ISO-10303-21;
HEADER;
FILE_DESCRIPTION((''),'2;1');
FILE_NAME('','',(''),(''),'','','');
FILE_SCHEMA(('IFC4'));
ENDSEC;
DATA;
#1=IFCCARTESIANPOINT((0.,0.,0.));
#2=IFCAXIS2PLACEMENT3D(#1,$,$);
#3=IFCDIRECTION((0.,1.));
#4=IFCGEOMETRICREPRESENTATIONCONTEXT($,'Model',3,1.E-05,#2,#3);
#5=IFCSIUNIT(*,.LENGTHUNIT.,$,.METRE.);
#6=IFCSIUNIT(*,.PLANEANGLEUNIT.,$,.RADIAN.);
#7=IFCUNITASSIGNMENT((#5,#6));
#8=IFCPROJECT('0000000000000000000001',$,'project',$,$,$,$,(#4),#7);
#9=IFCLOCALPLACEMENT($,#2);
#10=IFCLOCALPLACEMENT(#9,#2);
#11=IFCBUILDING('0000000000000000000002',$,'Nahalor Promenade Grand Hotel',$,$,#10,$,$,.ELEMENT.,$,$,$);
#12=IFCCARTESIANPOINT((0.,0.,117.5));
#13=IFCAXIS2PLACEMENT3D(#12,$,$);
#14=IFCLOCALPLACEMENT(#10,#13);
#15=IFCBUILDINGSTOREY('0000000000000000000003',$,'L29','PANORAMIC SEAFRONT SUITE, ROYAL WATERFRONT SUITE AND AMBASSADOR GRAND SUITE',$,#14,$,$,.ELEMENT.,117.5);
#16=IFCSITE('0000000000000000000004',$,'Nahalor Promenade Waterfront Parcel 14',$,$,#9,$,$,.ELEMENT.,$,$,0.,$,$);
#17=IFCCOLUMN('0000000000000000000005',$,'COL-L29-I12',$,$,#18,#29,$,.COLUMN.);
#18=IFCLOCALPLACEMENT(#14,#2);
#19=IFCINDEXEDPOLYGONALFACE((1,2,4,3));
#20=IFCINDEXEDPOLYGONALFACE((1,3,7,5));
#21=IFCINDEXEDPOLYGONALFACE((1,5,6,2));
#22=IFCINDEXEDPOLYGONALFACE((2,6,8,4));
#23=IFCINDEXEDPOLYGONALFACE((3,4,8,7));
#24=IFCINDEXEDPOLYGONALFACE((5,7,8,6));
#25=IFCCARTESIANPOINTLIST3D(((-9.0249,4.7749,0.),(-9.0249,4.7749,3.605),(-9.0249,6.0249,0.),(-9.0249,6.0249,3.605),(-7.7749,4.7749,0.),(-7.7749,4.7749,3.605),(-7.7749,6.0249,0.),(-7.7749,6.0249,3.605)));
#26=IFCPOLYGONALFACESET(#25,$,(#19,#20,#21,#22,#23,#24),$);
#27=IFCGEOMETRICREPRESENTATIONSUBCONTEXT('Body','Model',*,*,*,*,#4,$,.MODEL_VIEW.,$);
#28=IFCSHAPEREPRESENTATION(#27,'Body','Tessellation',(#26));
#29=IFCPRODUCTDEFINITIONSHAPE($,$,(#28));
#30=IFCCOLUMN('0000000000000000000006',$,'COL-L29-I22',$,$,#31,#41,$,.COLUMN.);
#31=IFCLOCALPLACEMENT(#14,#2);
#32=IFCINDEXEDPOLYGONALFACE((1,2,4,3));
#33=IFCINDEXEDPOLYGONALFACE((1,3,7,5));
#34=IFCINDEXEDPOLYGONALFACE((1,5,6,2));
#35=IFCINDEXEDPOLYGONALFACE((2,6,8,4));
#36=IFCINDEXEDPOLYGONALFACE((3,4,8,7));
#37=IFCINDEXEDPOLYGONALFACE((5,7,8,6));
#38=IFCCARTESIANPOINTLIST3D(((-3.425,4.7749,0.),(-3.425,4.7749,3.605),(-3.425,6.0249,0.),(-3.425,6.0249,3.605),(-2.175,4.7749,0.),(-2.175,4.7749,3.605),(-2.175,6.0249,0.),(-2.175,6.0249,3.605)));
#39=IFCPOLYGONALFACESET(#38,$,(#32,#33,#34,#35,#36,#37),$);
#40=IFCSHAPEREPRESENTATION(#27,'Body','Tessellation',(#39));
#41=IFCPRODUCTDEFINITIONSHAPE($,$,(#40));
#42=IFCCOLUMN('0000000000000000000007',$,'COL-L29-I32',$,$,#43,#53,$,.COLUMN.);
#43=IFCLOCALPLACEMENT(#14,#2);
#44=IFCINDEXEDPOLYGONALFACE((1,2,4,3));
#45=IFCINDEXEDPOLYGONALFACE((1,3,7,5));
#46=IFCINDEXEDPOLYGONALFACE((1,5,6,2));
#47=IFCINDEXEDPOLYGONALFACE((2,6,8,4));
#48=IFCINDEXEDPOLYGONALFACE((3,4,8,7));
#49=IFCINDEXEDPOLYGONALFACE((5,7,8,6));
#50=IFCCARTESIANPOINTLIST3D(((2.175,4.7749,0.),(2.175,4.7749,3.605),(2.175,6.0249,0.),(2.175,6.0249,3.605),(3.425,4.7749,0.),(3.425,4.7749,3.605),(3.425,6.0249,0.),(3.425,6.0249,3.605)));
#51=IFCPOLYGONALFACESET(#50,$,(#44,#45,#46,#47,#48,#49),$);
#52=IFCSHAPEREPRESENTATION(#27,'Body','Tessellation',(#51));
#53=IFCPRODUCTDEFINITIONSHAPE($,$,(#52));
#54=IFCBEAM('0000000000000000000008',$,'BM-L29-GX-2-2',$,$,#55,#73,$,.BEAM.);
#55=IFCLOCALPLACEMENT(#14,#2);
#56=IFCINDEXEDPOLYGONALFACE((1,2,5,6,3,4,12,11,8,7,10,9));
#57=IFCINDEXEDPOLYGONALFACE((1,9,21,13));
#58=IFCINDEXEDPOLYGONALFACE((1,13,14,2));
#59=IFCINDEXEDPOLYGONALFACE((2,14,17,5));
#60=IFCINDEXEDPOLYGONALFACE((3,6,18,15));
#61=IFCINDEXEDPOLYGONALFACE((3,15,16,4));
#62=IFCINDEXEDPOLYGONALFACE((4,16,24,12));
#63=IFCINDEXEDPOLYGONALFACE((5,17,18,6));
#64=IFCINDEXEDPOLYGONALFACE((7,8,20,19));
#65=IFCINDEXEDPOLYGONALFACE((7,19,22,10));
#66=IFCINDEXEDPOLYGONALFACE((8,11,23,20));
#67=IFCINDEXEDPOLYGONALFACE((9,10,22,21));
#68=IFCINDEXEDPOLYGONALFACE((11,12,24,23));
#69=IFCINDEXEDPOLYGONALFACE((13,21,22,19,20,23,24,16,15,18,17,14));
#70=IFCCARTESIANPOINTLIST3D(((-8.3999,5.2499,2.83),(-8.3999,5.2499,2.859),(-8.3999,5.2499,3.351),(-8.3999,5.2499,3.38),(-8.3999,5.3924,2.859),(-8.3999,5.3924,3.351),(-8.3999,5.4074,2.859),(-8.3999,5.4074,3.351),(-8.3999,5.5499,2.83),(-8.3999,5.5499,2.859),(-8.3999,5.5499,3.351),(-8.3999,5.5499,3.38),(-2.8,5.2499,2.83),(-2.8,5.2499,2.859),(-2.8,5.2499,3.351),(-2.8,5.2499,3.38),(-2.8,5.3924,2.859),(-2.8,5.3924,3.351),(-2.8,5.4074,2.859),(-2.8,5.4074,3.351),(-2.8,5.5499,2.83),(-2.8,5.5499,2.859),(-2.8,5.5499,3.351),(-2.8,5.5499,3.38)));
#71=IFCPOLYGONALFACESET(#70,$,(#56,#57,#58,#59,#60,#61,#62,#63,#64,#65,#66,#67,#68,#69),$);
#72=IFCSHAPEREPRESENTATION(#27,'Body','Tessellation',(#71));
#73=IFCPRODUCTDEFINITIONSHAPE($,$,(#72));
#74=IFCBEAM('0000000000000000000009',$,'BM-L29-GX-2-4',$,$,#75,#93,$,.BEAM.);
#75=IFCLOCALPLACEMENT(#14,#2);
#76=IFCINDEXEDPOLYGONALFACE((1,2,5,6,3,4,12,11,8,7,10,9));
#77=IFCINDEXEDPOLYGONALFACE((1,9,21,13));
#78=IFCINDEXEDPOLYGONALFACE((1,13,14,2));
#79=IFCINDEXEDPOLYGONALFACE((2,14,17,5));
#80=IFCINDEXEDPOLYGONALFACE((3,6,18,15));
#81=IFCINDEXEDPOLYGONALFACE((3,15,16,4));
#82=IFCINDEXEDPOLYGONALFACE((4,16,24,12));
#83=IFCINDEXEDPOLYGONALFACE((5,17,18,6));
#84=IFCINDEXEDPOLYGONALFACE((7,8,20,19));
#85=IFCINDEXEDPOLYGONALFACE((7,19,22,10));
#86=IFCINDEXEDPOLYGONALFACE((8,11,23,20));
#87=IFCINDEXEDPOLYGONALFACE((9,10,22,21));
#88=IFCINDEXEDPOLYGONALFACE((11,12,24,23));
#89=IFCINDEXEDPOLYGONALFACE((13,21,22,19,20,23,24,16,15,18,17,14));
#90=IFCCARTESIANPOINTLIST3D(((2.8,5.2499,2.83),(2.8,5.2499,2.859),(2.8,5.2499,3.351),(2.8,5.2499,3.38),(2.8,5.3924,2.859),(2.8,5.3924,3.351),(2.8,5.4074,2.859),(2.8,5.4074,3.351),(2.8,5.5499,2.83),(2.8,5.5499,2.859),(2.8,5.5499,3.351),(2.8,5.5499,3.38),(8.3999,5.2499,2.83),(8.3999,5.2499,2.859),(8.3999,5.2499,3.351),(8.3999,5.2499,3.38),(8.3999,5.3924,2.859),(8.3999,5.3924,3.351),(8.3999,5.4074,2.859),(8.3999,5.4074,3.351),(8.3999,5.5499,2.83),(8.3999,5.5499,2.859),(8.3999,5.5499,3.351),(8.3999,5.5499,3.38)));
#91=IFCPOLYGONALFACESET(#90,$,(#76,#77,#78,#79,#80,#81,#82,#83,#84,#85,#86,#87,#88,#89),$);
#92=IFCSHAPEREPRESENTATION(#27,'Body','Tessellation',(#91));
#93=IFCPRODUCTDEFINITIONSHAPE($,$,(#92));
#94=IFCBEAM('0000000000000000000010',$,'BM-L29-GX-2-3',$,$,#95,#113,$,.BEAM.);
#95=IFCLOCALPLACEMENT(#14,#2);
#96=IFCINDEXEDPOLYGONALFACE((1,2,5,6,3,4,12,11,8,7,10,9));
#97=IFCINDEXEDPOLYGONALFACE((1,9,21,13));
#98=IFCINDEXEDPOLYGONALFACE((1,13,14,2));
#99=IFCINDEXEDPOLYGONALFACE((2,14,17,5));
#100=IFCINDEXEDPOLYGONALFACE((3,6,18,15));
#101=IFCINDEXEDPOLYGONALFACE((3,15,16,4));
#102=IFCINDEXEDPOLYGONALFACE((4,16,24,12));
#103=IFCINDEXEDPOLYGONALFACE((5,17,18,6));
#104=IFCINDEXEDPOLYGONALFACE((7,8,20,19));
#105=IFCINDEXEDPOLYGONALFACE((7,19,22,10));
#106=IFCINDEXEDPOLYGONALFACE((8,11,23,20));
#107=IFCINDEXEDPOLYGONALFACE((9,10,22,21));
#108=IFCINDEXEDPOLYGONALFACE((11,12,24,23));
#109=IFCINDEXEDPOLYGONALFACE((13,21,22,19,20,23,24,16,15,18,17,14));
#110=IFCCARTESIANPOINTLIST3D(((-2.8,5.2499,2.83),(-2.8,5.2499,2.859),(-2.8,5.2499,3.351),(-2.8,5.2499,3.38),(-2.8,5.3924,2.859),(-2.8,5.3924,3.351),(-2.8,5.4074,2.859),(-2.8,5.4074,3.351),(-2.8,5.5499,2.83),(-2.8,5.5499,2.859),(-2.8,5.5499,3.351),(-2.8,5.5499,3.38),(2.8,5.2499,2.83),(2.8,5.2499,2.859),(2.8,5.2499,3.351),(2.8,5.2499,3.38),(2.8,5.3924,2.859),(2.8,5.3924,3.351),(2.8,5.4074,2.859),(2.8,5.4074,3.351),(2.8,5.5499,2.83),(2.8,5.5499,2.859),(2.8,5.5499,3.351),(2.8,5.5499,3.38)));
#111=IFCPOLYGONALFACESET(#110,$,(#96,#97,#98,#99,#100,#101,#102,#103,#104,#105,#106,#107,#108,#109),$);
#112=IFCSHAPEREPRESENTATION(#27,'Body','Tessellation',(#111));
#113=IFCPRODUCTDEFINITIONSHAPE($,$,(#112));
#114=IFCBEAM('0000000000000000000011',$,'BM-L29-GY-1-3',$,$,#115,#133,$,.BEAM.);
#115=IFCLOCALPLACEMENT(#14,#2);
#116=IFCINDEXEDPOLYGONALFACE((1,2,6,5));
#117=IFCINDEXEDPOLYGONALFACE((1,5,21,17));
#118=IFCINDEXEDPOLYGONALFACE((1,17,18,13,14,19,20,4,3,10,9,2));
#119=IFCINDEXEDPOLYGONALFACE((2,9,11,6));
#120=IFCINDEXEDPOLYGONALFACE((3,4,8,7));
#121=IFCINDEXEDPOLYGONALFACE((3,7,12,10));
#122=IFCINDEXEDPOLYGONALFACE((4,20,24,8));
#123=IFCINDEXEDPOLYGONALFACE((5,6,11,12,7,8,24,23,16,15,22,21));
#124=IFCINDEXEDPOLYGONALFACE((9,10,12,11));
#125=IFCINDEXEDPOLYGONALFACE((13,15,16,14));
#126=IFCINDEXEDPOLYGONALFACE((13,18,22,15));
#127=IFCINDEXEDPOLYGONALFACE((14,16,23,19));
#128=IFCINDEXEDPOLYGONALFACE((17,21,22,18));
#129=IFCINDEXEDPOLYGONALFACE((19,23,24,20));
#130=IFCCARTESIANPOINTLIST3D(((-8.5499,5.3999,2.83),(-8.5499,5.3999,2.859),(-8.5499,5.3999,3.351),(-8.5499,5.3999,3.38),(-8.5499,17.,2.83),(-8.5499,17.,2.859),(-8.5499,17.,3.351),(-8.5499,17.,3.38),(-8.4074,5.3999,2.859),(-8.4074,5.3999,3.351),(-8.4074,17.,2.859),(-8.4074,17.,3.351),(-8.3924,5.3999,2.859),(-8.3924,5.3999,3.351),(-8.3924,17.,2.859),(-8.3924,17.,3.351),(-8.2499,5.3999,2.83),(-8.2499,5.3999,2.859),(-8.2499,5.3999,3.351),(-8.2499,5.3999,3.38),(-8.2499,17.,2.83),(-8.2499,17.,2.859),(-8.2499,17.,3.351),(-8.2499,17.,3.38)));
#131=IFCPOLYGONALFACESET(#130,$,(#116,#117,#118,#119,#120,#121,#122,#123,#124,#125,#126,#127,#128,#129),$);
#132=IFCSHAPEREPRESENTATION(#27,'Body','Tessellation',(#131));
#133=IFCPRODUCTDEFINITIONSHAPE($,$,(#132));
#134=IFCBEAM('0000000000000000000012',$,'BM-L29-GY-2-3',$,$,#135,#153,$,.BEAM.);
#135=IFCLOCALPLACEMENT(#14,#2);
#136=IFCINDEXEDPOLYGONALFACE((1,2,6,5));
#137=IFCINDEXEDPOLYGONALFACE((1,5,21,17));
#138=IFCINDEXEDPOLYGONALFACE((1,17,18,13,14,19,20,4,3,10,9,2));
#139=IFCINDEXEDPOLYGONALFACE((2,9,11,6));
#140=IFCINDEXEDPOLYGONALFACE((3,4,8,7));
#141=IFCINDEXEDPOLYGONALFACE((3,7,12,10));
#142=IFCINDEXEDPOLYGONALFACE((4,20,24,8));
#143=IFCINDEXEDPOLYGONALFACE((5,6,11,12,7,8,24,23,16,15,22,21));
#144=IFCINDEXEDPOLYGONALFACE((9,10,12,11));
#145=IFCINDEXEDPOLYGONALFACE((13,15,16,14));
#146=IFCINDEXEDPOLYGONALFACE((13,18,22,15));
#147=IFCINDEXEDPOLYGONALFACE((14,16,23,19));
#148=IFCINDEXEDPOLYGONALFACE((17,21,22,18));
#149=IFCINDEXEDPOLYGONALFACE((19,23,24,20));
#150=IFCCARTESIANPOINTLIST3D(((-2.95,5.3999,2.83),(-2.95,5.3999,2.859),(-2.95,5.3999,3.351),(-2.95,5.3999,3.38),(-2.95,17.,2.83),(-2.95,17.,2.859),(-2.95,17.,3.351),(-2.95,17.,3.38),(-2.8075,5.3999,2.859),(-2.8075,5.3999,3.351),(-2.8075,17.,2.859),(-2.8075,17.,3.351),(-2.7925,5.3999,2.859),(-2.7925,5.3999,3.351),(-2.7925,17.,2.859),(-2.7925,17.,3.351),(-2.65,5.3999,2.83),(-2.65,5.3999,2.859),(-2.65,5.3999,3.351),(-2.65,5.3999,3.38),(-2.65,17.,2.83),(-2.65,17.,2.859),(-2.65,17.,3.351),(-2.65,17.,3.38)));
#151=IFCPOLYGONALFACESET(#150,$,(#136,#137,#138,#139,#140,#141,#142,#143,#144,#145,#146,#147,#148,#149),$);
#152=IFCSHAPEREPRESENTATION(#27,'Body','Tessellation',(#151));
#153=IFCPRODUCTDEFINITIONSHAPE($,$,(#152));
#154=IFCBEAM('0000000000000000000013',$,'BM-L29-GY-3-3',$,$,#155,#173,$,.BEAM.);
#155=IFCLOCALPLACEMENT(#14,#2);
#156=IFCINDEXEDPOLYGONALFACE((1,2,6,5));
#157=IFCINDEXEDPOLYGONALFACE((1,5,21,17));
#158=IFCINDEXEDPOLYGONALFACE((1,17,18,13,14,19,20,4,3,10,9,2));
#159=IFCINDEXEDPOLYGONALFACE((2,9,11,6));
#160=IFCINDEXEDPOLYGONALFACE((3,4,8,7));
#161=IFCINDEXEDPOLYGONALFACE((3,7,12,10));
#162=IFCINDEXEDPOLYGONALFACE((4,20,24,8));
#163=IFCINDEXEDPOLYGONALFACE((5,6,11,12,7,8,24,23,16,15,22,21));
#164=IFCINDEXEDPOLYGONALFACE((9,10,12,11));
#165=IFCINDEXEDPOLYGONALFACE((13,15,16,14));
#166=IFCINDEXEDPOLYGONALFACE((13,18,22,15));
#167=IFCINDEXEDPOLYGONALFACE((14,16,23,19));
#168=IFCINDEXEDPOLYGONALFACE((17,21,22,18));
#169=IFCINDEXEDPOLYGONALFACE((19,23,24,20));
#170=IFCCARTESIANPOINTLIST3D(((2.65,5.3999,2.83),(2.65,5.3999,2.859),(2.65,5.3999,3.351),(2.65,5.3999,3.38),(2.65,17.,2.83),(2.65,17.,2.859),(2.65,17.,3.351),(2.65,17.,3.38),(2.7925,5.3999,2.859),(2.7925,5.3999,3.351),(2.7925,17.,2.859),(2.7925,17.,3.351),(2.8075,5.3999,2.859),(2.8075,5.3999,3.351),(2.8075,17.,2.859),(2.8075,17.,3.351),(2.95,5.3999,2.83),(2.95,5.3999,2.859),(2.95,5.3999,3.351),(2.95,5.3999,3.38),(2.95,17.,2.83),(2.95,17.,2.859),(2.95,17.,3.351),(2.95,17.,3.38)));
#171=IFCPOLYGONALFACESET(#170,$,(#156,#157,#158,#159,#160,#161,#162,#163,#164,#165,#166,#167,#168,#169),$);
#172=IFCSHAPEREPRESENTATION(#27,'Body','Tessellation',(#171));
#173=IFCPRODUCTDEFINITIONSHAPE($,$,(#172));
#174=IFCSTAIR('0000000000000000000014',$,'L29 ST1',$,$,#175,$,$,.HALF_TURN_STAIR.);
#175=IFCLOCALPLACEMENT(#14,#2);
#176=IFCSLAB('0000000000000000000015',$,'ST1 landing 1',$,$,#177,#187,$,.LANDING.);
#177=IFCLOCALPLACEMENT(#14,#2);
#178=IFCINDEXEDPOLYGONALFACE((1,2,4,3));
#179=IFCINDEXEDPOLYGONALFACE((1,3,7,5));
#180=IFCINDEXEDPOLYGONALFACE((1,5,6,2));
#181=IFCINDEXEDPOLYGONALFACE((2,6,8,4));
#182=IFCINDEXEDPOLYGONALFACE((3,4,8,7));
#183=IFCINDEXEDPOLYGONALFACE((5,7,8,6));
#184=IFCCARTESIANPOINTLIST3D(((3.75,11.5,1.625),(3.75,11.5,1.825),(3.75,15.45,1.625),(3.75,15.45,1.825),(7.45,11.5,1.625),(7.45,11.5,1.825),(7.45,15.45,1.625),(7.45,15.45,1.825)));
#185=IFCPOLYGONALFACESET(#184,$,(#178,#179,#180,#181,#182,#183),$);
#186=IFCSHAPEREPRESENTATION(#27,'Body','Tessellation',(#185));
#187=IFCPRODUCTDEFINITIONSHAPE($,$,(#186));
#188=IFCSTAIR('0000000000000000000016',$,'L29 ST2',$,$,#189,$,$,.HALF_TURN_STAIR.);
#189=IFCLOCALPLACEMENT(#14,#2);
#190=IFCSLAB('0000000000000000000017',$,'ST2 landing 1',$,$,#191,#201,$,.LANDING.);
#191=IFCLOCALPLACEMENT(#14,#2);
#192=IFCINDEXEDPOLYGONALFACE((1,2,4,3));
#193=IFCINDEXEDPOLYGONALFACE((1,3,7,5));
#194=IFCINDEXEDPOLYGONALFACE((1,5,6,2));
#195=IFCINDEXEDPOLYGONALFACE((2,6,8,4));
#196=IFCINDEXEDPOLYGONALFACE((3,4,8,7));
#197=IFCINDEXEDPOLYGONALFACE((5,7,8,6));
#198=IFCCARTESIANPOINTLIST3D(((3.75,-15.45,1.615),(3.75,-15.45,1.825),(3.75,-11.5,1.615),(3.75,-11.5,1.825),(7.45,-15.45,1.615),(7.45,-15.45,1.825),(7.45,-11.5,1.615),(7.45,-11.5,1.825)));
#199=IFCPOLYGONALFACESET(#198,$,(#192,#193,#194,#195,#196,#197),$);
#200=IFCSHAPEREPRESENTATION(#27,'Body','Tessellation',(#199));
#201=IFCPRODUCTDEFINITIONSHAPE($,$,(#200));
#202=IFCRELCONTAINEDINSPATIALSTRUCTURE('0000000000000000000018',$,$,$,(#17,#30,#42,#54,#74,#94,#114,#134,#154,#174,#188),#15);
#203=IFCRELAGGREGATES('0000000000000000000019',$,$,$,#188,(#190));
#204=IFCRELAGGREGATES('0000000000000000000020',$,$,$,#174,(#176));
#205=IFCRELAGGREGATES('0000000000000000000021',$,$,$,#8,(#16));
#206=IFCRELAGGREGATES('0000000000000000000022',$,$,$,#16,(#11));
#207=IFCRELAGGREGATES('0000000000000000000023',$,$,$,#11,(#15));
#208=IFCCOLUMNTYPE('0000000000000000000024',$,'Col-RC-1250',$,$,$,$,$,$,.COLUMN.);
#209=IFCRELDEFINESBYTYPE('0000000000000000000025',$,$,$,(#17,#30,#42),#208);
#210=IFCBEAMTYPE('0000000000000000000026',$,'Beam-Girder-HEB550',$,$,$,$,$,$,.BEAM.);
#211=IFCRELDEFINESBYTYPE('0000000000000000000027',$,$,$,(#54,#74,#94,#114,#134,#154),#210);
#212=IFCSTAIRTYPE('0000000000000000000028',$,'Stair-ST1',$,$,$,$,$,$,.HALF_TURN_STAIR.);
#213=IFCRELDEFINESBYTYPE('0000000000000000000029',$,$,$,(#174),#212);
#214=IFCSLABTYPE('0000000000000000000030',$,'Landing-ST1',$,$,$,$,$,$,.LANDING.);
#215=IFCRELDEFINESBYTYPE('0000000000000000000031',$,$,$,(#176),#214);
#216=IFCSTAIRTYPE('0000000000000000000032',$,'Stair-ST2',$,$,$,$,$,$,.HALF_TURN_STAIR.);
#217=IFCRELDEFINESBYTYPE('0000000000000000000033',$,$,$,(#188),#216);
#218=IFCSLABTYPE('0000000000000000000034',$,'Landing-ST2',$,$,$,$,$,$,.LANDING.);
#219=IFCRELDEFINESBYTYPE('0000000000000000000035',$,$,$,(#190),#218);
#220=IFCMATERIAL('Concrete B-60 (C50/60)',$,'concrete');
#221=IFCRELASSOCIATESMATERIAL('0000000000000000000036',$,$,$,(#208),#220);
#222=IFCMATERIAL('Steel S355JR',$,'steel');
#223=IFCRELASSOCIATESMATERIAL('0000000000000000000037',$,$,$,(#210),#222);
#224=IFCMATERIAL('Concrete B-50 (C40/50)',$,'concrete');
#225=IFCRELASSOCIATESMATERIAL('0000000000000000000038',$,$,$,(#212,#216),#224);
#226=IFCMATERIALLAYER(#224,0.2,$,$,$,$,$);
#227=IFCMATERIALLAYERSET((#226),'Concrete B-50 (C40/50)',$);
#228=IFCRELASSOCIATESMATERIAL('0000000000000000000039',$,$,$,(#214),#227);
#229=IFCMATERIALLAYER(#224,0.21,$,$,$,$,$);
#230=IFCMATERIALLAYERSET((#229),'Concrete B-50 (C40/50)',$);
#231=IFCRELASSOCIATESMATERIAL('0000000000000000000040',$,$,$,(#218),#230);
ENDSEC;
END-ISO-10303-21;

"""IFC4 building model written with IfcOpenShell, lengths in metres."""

from ifc_helpers import new_model, si_unit, direction, frame, origin, origin_2d, place, context, subcontext, project, spatial, polyline, rectangle, i_section, outline, extrude, source, transform, mapped, material, layer, layer_set, material_profile, profile_set, type_object, element, aggregate, save


model = new_model("IFC4")

# Units and contexts
model_context = context("Model", 3, precision=1e-05, world=origin(), true_north=direction((0.0, 1.0)))
body_context = subcontext(model_context, "Body", "Model", "MODEL_VIEW")
ifc_project = project(units=[si_unit("LENGTHUNIT", "METRE"), si_unit("PLANEANGLEUNIT", "RADIAN")], contexts=[model_context])

# Site, building, storey
site_placement = place(None, origin())
site = spatial("IfcSite", under=ifc_project, at=site_placement, Name="Nahalor Promenade Waterfront Parcel 14", CompositionType="ELEMENT", RefElevation=0.0)
building_placement = place(site_placement, origin())
building = spatial("IfcBuilding", under=site, at=building_placement, Name="Nahalor Promenade Grand Hotel", CompositionType="ELEMENT")
storey_placement = place(building_placement, frame((0.0, 0.0, 117.5)))
storey = spatial("IfcBuildingStorey", under=building, at=storey_placement, Name="L29", Description="PANORAMIC SEAFRONT SUITE, ROYAL WATERFRONT SUITE AND AMBASSADOR GRAND SUITE", CompositionType="ELEMENT", Elevation=117.5)

# Columns
ifc_material_1 = material(Name="Concrete B-60 (C50/60)", Category="concrete")
ifc_material_profile_1 = material_profile(ifc_material_1, rectangle(XDim=1.25, YDim=1.25, at=origin_2d()), Name="RC 1250x1250")
ifc_profile_set_1 = profile_set([ifc_material_profile_1], Name="Concrete B-60 (C50/60)")
column_type = type_object("IfcColumnType", Name="Col-RC-1250", PredefinedType="COLUMN", material=ifc_profile_set_1)
shared_shape_1 = source(origin(), body_context, "Body", "SweptSolid", [
    extrude(rectangle(XDim=1.25, YDim=1.25, at=origin_2d()), origin(), (0.0, 0.0, 1.0), 3.605),
])
for number, where, z_axis, x_axis, name in (
    (1, (-8.3999, 5.3999, 0.0), (0.0, 0.0, 1.0), (1.0, 0.0, 0.0), "COL-L29-I12"),
    (2, (-2.8, 5.3999, 0.0), (0.0, 0.0, 1.0), (1.0, 0.0, 0.0), "COL-L29-I22"),
    (3, (2.8, 5.3999, 0.0), (0.0, 0.0, 1.0), (1.0, 0.0, 0.0), "COL-L29-I32"),
):
    element("IfcColumn", number, at=place(storey_placement, frame(where, z_axis=z_axis, x_axis=x_axis)), inside=storey, type_object=column_type, Name=name, PredefinedType="COLUMN", context=body_context, shape_type="MappedRepresentation", body=[
        mapped(shared_shape_1, transform((0.0, 0.0, 0.0), scale=1.0)),
    ])

# Beams
ifc_material_2 = material(Name="Steel S355JR", Category="steel")
ifc_material_profile_2 = material_profile(ifc_material_2, i_section(OverallWidth=0.3, OverallDepth=0.55, WebThickness=0.015, FlangeThickness=0.029, at=origin_2d()), Name="HEB 550")
ifc_profile_set_2 = profile_set([ifc_material_profile_2], Name="Steel S355JR")
beam_type = type_object("IfcBeamType", Name="Beam-Girder-HEB550", PredefinedType="BEAM", material=ifc_profile_set_2)
shared_shape_2 = source(origin(), body_context, "Body", "SweptSolid", [
    extrude(i_section(OverallWidth=0.3, OverallDepth=0.55, WebThickness=0.015, FlangeThickness=0.029, at=origin_2d()), origin(), (0.0, 0.0, 1.0), 5.5999),
])
for number, where, z_axis, x_axis, name in (
    (4, (-8.3999, 5.3999, 3.105), (1.0, 0.0, 0.0), (0.0, 1.0, 0.0), "BM-L29-GX-2-2"),
    (5, (2.8, 5.3999, 3.105), (1.0, 0.0, 0.0), (0.0, 1.0, 0.0), "BM-L29-GX-2-4"),
):
    element("IfcBeam", number, at=place(storey_placement, frame(where, z_axis=z_axis, x_axis=x_axis)), inside=storey, type_object=beam_type, Name=name, PredefinedType="BEAM", context=body_context, shape_type="MappedRepresentation", body=[
        mapped(shared_shape_2, transform((0.0, 0.0, 0.0), scale=1.0)),
    ])
shared_shape_3 = source(origin(), body_context, "Body", "SweptSolid", [
    extrude(i_section(OverallWidth=0.3, OverallDepth=0.55, WebThickness=0.015, FlangeThickness=0.029, at=origin_2d()), origin(), (0.0, 0.0, 1.0), 5.6001),
])
beam_placement = place(storey_placement, frame((-2.8, 5.3999, 3.105), z_axis=(1.0, 0.0, 0.0), x_axis=(0.0, 1.0, 0.0)))
element("IfcBeam", 6, at=beam_placement, inside=storey, type_object=beam_type, Name="BM-L29-GX-2-3", PredefinedType="BEAM", context=body_context, shape_type="MappedRepresentation", body=[
    mapped(shared_shape_3, transform((0.0, 0.0, 0.0), scale=1.0)),
])
shared_shape_4 = source(origin(), body_context, "Body", "SweptSolid", [
    extrude(i_section(OverallWidth=0.3, OverallDepth=0.55, WebThickness=0.015, FlangeThickness=0.029, at=origin_2d()), origin(), (0.0, 0.0, 1.0), 11.6001),
])
for number, where, z_axis, x_axis, name in (
    (7, (-8.3999, 5.3999, 3.105), (0.0, 1.0, 0.0), (-1.0, 0.0, 0.0), "BM-L29-GY-1-3"),
    (8, (-2.8, 5.3999, 3.105), (0.0, 1.0, 0.0), (-1.0, 0.0, 0.0), "BM-L29-GY-2-3"),
    (9, (2.8, 5.3999, 3.105), (0.0, 1.0, 0.0), (-1.0, 0.0, 0.0), "BM-L29-GY-3-3"),
):
    element("IfcBeam", number, at=place(storey_placement, frame(where, z_axis=z_axis, x_axis=x_axis)), inside=storey, type_object=beam_type, Name=name, PredefinedType="BEAM", context=body_context, shape_type="MappedRepresentation", body=[
        mapped(shared_shape_4, transform((0.0, 0.0, 0.0), scale=1.0)),
    ])

# Stairs, slabs
ifc_material_3 = material(Name="Concrete B-50 (C40/50)", Category="concrete")
stair_type_1 = type_object("IfcStairType", Name="Stair-ST1", PredefinedType="HALF_TURN_STAIR", material=ifc_material_3)
stair_1_placement = place(storey_placement, origin())
stair_1 = element("IfcStair", 10, at=stair_1_placement, inside=storey, type_object=stair_type_1, Name="L29 ST1", PredefinedType="HALF_TURN_STAIR")
ifc_layer_1 = layer(ifc_material_3, 0.2)
ifc_layer_set_1 = layer_set([ifc_layer_1], Name="Concrete B-50 (C40/50)")
slab_type_1 = type_object("IfcSlabType", Name="Landing-ST1", PredefinedType="LANDING", material=ifc_layer_set_1)
slab_1_placement = place(storey_placement, frame((0.0, 0.0, 1.625)))
slab_1 = element("IfcSlab", 11, at=slab_1_placement, type_object=slab_type_1, Name="ST1 landing 1", PredefinedType="LANDING", context=body_context, shape_type="SweptSolid", body=[
    extrude(outline(polyline([(7.45, 11.5), (7.45, 15.45), (3.75, 15.45), (3.75, 11.5), (7.45, 11.5)])), origin(), (0.0, 0.0, 1.0), 0.2),
])
stair_type_2 = type_object("IfcStairType", Name="Stair-ST2", PredefinedType="HALF_TURN_STAIR", material=ifc_material_3)
stair_2_placement = place(storey_placement, origin())
stair_2 = element("IfcStair", 12, at=stair_2_placement, inside=storey, type_object=stair_type_2, Name="L29 ST2", PredefinedType="HALF_TURN_STAIR")
ifc_layer_2 = layer(ifc_material_3, 0.21)
ifc_layer_set_2 = layer_set([ifc_layer_2], Name="Concrete B-50 (C40/50)")
slab_type_2 = type_object("IfcSlabType", Name="Landing-ST2", PredefinedType="LANDING", material=ifc_layer_set_2)
slab_2_placement = place(storey_placement, frame((0.0, 0.0, 1.615)))
slab_2 = element("IfcSlab", 13, at=slab_2_placement, type_object=slab_type_2, Name="ST2 landing 1", PredefinedType="LANDING", context=body_context, shape_type="SweptSolid", body=[
    extrude(outline(polyline([(3.75, -11.5), (3.75, -15.45), (7.45, -15.45), (7.45, -11.5), (3.75, -11.5)])), origin(), (0.0, 0.0, 1.0), 0.21),
])
aggregate(stair_2, [slab_2])

aggregate(stair_1, [slab_1])

save(model, "model.ifc")
